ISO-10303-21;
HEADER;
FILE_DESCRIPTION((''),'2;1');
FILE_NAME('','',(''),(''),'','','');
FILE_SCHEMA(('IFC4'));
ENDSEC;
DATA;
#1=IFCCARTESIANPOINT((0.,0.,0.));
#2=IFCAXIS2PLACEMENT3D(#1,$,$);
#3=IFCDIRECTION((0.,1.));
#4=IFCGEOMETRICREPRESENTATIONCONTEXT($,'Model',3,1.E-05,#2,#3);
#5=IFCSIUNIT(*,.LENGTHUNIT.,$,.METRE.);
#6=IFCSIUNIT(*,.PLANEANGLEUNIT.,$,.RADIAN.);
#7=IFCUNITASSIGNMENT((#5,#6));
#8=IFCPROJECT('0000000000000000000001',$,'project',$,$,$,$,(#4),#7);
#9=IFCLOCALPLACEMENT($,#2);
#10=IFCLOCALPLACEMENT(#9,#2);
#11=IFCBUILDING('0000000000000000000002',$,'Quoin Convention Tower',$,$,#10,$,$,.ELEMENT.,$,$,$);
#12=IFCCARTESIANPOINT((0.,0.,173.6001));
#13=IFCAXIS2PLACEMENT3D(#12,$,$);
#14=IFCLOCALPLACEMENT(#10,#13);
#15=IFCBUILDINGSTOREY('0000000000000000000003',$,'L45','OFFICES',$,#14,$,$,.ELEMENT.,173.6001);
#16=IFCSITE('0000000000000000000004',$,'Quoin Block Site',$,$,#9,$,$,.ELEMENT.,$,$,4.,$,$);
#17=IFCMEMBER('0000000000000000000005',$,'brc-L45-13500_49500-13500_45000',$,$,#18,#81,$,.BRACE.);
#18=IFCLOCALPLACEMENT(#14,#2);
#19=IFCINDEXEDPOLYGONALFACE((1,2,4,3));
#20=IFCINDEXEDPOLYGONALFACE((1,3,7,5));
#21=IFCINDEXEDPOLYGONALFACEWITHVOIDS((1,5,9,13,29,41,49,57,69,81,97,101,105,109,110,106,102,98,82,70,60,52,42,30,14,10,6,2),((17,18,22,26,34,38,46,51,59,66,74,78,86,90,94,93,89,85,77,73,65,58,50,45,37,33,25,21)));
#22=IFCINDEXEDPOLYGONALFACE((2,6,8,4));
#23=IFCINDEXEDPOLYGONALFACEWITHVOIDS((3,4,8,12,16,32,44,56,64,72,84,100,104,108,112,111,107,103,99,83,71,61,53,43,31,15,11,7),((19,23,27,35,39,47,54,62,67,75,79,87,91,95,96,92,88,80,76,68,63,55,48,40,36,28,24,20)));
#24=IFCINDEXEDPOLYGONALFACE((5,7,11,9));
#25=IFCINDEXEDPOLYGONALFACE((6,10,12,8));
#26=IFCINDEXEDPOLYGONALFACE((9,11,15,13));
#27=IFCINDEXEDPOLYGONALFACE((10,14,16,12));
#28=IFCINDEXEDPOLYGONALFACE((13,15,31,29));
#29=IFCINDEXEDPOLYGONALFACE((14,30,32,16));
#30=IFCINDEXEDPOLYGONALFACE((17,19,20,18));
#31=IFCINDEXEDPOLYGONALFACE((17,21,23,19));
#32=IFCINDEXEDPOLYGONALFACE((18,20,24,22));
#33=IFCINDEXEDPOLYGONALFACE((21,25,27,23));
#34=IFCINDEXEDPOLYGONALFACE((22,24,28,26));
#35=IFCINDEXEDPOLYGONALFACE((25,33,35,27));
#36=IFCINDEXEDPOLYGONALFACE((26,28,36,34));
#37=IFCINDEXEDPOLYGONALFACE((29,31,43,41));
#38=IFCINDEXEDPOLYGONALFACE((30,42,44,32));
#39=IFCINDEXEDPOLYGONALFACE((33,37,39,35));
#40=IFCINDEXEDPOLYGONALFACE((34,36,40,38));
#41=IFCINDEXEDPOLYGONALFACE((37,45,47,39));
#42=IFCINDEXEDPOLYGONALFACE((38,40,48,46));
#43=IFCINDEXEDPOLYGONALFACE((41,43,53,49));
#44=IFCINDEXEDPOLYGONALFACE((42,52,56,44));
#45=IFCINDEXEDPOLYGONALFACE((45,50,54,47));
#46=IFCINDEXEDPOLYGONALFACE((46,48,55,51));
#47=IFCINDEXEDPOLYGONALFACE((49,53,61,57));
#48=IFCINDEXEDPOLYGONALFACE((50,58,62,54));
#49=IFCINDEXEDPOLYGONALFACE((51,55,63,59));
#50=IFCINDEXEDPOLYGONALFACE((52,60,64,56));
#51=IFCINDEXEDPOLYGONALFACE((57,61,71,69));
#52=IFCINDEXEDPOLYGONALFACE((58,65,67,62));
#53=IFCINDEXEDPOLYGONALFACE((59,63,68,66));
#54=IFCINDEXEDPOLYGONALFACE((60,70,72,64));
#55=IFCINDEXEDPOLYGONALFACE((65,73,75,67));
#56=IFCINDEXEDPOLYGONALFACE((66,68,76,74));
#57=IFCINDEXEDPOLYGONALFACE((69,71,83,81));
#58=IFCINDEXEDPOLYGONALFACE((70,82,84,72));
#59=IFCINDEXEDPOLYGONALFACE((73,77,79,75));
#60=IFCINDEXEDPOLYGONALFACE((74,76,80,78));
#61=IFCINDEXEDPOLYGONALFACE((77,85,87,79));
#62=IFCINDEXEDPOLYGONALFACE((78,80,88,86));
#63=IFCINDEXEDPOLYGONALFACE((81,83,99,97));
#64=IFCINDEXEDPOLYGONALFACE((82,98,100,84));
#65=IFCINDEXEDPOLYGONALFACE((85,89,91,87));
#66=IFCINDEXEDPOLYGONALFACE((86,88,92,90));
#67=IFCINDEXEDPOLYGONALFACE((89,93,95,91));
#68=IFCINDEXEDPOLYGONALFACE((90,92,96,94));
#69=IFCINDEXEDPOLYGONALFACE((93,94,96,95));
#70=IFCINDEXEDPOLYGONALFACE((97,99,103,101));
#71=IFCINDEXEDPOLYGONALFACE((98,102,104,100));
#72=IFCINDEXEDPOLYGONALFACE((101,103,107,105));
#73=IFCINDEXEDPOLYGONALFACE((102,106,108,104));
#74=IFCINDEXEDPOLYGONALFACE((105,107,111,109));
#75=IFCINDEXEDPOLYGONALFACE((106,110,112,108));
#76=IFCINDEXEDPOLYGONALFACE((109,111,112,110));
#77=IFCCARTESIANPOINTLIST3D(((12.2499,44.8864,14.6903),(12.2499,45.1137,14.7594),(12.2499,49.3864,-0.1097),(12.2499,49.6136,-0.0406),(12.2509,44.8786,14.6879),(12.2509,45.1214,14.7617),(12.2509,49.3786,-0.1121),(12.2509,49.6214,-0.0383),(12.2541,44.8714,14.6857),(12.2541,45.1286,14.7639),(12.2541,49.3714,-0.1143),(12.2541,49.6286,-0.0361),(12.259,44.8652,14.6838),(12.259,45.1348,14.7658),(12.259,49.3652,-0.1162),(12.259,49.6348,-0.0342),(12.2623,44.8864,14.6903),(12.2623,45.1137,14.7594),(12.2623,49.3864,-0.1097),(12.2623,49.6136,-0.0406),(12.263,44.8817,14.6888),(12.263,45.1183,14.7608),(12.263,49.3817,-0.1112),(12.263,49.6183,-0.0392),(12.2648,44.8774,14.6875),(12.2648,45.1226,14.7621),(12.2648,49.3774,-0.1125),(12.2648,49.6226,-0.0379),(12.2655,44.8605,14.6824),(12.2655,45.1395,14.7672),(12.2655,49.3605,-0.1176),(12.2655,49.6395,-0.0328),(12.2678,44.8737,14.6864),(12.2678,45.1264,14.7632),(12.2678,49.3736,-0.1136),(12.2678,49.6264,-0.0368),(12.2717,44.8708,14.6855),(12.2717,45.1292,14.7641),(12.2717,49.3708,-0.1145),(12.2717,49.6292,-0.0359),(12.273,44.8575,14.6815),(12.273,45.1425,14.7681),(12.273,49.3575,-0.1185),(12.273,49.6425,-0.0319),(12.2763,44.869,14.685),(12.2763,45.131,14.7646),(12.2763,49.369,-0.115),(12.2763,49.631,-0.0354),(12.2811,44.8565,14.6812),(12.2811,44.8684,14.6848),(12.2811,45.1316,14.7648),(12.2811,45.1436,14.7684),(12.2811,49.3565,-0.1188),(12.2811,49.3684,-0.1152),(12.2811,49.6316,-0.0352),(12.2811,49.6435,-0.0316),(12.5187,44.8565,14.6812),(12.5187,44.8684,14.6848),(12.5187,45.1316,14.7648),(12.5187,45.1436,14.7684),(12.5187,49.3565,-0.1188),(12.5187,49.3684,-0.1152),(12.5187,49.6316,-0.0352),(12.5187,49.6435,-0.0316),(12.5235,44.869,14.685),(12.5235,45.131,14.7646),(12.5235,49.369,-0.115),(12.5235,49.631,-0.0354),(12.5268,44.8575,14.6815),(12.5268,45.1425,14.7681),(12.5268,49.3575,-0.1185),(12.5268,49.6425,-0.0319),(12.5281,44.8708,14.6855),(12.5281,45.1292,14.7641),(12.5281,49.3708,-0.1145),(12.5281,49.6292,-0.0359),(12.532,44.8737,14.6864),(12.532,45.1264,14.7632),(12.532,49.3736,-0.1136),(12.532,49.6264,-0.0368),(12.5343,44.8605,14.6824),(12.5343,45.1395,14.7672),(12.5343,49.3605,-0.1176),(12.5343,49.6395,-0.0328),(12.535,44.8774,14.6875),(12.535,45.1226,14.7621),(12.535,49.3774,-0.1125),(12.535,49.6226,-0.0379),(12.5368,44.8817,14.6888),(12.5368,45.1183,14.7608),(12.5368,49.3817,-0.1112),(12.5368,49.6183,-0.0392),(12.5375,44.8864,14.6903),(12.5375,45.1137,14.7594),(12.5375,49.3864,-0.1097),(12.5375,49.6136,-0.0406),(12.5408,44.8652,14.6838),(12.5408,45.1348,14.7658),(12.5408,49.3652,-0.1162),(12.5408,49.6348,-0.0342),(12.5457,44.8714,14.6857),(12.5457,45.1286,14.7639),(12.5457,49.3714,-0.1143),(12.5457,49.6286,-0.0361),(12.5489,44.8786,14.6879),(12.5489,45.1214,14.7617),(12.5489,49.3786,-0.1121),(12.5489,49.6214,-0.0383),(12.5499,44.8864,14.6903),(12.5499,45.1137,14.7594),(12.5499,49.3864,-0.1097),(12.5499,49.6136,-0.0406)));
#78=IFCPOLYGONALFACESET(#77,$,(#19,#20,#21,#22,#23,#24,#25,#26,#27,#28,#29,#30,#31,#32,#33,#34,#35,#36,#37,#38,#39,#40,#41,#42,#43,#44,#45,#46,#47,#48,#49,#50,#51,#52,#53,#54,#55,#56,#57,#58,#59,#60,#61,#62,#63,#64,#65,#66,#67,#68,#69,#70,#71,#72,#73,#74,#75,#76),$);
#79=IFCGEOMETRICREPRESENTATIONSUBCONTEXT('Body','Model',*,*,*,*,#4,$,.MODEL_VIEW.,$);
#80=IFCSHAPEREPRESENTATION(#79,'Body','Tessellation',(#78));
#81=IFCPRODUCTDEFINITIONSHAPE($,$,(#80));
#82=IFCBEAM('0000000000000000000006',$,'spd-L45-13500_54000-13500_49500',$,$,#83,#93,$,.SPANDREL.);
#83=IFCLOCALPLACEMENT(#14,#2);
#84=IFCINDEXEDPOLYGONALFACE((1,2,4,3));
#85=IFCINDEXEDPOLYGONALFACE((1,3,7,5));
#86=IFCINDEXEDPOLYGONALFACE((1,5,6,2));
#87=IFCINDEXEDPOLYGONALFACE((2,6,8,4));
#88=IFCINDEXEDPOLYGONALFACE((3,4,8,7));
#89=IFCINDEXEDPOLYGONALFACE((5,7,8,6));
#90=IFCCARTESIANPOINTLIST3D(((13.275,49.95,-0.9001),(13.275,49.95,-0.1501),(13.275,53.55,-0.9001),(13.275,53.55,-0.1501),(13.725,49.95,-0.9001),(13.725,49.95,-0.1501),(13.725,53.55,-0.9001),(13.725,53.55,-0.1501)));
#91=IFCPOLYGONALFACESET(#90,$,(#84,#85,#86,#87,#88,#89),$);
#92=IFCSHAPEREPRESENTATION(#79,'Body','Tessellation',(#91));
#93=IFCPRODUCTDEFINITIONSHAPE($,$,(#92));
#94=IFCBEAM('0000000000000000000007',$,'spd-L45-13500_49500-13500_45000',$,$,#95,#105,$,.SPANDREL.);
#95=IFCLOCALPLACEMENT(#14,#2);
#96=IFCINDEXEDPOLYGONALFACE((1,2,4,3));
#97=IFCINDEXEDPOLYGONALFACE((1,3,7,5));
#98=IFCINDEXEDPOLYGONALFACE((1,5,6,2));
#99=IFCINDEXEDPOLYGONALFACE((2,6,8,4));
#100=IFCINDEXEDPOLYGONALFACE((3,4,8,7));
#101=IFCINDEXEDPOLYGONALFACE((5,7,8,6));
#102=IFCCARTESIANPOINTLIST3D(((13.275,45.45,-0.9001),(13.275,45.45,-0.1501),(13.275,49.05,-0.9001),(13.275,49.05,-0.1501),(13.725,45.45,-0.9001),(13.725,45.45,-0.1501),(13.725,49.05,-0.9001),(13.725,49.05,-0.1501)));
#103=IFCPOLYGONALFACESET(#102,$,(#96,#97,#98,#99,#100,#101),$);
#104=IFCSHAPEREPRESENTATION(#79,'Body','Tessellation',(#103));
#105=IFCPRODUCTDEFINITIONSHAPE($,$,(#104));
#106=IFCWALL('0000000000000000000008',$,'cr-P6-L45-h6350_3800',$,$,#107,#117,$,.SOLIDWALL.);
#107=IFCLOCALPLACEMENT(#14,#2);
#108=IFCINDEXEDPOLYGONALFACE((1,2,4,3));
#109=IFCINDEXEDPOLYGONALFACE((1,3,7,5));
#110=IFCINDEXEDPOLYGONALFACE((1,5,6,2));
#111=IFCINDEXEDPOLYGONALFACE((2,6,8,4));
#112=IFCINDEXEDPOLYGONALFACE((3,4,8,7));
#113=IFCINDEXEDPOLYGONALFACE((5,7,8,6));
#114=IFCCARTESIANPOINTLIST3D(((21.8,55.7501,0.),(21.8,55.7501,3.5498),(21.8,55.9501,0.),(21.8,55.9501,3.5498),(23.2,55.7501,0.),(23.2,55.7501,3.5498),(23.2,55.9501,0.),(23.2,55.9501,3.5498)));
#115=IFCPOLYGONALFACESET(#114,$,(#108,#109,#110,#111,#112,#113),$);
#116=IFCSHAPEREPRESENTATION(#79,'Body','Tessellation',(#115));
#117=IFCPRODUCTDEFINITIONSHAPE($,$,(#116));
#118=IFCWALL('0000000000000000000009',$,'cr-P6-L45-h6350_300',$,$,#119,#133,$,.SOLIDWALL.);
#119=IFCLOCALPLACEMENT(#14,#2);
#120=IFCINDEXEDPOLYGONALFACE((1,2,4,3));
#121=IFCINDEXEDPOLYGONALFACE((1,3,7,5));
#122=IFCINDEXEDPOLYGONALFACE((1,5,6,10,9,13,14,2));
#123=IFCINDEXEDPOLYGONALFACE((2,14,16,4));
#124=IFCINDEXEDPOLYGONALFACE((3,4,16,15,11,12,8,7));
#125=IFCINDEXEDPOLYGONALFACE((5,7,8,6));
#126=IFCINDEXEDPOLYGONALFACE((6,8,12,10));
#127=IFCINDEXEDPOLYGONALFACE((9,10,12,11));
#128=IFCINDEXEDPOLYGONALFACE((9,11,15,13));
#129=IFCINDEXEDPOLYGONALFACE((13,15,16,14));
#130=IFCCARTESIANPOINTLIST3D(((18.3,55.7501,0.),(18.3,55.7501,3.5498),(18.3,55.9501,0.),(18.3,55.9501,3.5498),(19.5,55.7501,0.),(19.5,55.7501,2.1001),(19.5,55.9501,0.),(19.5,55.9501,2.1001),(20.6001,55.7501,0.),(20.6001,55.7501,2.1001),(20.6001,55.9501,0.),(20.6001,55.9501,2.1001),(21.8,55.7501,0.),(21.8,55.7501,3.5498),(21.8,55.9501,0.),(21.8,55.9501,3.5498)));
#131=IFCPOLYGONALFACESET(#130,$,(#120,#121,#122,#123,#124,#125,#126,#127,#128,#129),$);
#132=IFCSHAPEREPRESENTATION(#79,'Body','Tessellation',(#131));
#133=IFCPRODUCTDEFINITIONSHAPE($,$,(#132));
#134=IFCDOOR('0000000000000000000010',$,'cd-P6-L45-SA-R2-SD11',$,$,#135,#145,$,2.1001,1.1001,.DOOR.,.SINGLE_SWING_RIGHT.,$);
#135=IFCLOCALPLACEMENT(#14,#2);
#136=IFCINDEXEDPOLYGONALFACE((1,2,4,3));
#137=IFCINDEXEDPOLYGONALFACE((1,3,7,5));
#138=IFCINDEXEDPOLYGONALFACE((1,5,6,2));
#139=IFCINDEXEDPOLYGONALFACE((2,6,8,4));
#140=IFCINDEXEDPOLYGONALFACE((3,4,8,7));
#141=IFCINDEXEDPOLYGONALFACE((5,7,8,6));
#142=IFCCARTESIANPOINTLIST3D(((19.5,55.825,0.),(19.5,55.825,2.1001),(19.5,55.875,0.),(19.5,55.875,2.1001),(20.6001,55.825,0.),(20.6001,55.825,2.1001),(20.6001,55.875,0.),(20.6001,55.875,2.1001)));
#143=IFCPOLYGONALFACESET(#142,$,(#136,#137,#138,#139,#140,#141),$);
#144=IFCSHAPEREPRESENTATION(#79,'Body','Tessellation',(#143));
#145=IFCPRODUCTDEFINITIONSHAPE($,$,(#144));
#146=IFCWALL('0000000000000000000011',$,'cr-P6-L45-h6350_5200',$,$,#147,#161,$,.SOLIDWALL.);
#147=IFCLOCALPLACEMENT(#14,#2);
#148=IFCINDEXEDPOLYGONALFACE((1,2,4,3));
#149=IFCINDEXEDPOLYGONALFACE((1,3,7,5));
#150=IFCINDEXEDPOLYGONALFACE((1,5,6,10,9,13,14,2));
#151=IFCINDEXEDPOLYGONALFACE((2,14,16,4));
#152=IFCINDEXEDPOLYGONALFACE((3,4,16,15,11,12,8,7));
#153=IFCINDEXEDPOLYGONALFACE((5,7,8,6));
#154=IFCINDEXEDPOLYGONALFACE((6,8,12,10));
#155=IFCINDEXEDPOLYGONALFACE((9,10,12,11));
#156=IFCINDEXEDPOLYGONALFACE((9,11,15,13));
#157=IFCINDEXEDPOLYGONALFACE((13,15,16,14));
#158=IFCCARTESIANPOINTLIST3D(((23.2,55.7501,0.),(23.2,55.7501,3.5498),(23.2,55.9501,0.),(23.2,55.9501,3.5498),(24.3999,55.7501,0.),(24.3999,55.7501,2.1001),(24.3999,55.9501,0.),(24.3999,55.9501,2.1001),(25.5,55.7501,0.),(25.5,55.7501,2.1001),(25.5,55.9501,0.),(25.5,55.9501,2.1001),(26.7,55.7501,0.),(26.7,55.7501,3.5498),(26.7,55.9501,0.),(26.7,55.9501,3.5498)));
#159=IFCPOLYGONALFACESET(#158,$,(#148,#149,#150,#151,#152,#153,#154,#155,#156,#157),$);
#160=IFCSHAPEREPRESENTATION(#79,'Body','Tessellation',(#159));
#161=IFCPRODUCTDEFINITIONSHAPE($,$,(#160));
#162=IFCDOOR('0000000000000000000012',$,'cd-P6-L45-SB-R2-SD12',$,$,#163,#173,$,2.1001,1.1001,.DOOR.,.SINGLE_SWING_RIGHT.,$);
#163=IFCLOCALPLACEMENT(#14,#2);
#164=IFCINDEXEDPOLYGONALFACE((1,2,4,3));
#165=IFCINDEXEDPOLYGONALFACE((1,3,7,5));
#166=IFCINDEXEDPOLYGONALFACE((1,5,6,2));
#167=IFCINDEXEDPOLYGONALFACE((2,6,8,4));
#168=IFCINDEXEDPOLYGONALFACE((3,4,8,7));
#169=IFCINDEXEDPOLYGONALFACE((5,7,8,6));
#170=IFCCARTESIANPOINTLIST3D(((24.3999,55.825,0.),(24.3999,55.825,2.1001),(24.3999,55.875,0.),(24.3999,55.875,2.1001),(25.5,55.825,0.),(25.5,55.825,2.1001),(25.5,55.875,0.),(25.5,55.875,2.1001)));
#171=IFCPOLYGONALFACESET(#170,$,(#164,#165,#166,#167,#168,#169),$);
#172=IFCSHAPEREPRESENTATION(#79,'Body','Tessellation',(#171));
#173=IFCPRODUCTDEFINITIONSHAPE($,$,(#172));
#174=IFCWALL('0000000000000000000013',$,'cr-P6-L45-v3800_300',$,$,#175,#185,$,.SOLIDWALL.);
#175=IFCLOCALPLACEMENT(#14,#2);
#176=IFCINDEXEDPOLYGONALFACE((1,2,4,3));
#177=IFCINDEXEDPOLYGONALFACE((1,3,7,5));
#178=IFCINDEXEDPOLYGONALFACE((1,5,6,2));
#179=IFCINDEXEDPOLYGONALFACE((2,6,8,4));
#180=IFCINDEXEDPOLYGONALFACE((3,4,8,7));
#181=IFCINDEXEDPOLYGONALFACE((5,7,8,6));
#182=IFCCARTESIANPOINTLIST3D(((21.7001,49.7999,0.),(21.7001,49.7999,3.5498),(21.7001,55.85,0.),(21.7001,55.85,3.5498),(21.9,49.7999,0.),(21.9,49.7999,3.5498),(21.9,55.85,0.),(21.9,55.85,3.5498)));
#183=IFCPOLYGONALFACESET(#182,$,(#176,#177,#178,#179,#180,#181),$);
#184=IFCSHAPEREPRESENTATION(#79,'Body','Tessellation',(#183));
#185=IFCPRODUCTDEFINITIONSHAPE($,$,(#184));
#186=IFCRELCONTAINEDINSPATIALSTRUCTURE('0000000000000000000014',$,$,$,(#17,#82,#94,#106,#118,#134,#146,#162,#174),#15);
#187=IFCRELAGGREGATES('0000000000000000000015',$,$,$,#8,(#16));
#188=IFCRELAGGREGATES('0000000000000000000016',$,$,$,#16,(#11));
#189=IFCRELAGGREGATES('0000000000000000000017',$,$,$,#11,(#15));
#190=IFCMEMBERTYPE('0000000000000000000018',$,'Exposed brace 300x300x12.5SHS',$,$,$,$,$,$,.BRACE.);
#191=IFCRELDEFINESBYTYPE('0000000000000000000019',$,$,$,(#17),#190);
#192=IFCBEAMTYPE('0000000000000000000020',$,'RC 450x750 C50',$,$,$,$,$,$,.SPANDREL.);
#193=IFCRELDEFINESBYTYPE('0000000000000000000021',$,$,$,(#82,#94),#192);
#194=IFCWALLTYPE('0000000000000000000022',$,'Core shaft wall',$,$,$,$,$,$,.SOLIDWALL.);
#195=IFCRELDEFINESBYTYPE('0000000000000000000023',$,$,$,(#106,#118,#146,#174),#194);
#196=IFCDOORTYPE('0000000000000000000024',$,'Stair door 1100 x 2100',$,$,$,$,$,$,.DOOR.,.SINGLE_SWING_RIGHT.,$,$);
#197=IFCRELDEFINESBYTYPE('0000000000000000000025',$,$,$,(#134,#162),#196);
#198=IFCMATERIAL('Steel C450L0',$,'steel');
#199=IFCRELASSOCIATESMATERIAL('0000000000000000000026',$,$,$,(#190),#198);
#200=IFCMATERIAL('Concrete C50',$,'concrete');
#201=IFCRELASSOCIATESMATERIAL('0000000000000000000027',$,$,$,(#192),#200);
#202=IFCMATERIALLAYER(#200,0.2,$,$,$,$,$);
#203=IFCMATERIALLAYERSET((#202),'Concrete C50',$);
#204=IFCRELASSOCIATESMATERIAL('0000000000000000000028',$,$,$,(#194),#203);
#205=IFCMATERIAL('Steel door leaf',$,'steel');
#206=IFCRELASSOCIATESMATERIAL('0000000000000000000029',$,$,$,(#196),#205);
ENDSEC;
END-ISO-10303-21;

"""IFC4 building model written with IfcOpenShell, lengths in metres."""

from ifc_helpers import new_model, si_unit, direction, frame, frame_2d, origin, origin_2d, place, context, subcontext, project, spatial, rectangle, hollow_rectangle, extrude, material, layer, layer_set, material_profile, profile_set, type_object, element, fill, save


model = new_model("IFC4")

# Units and contexts
model_context = context("Model", 3, precision=1e-05, world=origin(), true_north=direction((0.0, 1.0)))
body_context = subcontext(model_context, "Body", "Model", "MODEL_VIEW")
ifc_project = project(units=[si_unit("LENGTHUNIT", "METRE"), si_unit("PLANEANGLEUNIT", "RADIAN")], contexts=[model_context])

# Site, building, storey
site_placement = place(None, origin())
site = spatial("IfcSite", under=ifc_project, at=site_placement, Name="Quoin Block Site", CompositionType="ELEMENT", RefElevation=4.0)
building_placement = place(site_placement, origin())
building = spatial("IfcBuilding", under=site, at=building_placement, Name="Quoin Convention Tower", CompositionType="ELEMENT")
storey_placement = place(building_placement, frame((0.0, 0.0, 173.6001)))
storey = spatial("IfcBuildingStorey", under=building, at=storey_placement, Name="L45", Description="OFFICES", CompositionType="ELEMENT", Elevation=173.6001)

# Shared definitions
ifc_material_1 = material(Name="Concrete C50", Category="concrete")

# Member
ifc_material_2 = material(Name="Steel C450L0", Category="steel")
ifc_material_profile_1 = material_profile(ifc_material_2, hollow_rectangle(XDim=0.3, YDim=0.3, WallThickness=0.0125, InnerFilletRadius=0.0188, OuterFilletRadius=0.0312, at=origin_2d()), Name="300x300x12.5SHS")
ifc_profile_set_1 = profile_set([ifc_material_profile_1], Name="Steel C450L0")
member_type = type_object("IfcMemberType", Name="Exposed brace 300x300x12.5SHS", PredefinedType="BRACE", material=ifc_profile_set_1)
for number, where, z_axis, x_axis, name in (
    (1, (12.3999, 49.5, -0.0752), (0.0, -0.290903, 0.956752), (1.0, 0.0, 0.0), "brc-L45-13500_49500-13500_45000"),
):
    element("IfcMember", number, at=place(storey_placement, frame(where, z_axis=z_axis, x_axis=x_axis)), inside=storey, type_object=member_type, Name=name, PredefinedType="BRACE", context=body_context, shape_type="SweptSolid", body=[
        extrude(hollow_rectangle(XDim=0.3, YDim=0.3, WallThickness=0.0125, InnerFilletRadius=0.0188, OuterFilletRadius=0.0312, at=origin_2d()), origin(), (0.0, 0.0, 1.0), 15.469),
    ])

# Beams
ifc_material_profile_2 = material_profile(ifc_material_1, rectangle(XDim=0.45, YDim=0.75, at=origin_2d()), Name="RC 450x750")
ifc_profile_set_2 = profile_set([ifc_material_profile_2], Name="Concrete C50")
beam_type_1 = type_object("IfcBeamType", Name="RC 450x750 C50", PredefinedType="SPANDREL", material=ifc_profile_set_2)
for number, where, z_axis, x_axis, name in (
    (2, (13.5, 53.55, -0.5251), (0.0, -1.0, 0.0), (1.0, 0.0, 0.0), "spd-L45-13500_54000-13500_49500"),
    (3, (13.5, 49.05, -0.5251), (0.0, -1.0, 0.0), (1.0, 0.0, 0.0), "spd-L45-13500_49500-13500_45000"),
):
    element("IfcBeam", number, at=place(storey_placement, frame(where, z_axis=z_axis, x_axis=x_axis)), inside=storey, type_object=beam_type_1, Name=name, PredefinedType="SPANDREL", context=body_context, shape_type="SweptSolid", body=[
        extrude(rectangle(XDim=0.45, YDim=0.75, at=origin_2d()), origin(), (0.0, 0.0, 1.0), 3.6001),
    ])

# Wall
ifc_layer_1 = layer(ifc_material_1, 0.2)
ifc_layer_set_1 = layer_set([ifc_layer_1], Name="Concrete C50")
wall_type_1 = type_object("IfcWallType", Name="Core shaft wall", PredefinedType="SOLIDWALL", material=ifc_layer_set_1)
wall_1_placement = place(storey_placement, frame((21.8, 55.8501, 0.0), z_axis=(0.0, 0.0, 1.0), x_axis=(1.0, 0.0, 0.0)))
element("IfcWall", 4, at=wall_1_placement, inside=storey, type_object=wall_type_1, Name="cr-P6-L45-h6350_3800", PredefinedType="SOLIDWALL", context=body_context, shape_type="SweptSolid", body=[
    extrude(rectangle(XDim=1.3999, YDim=0.2, at=frame_2d((0.7, 0.0))), origin(), (0.0, 0.0, 1.0), 3.5498),
])

# Walls, openings, doors
wall_2_placement = place(storey_placement, frame((18.3, 55.8501, 0.0), z_axis=(0.0, 0.0, 1.0), x_axis=(1.0, 0.0, 0.0)))
wall_2 = element("IfcWall", 5, at=wall_2_placement, inside=storey, type_object=wall_type_1, Name="cr-P6-L45-h6350_300", PredefinedType="SOLIDWALL", context=body_context, shape_type="SweptSolid", body=[
    extrude(rectangle(XDim=3.5, YDim=0.2, at=frame_2d((1.75, 0.0))), origin(), (0.0, 0.0, 1.0), 3.5498),
])
opening_1_placement = place(wall_2_placement, frame((1.2, 0.0, 0.0)))
opening_1 = element("IfcOpeningElement", 6, at=opening_1_placement, cuts=wall_2, PredefinedType="OPENING", context=body_context, shape_type="SweptSolid", body=[
    extrude(rectangle(XDim=1.1001, YDim=2.1001, at=frame_2d((0.55, 1.05))), frame((0.0, 0.1099, 0.0), z_axis=(0.0, -1.0, 0.0), x_axis=(1.0, 0.0, 0.0)), (0.0, 0.0, 1.0), 0.22),
])
ifc_material_3 = material(Name="Steel door leaf", Category="steel")
door_type = type_object("IfcDoorType", Name="Stair door 1100 x 2100", OperationType="SINGLE_SWING_RIGHT", PredefinedType="DOOR", material=ifc_material_3)
door_1_placement = place(opening_1_placement, origin())
door_1 = element("IfcDoor", 7, at=door_1_placement, inside=storey, type_object=door_type, Name="cd-P6-L45-SA-R2-SD11", OperationType="SINGLE_SWING_RIGHT", OverallHeight=2.1001, OverallWidth=1.1001, PredefinedType="DOOR", context=body_context, shape_type="SweptSolid", body=[
    extrude(rectangle(XDim=1.1001, YDim=2.1001, at=frame_2d((0.55, 1.05))), frame((0.0, 0.0249, 0.0), z_axis=(0.0, -1.0, 0.0), x_axis=(1.0, 0.0, 0.0)), (0.0, 0.0, 1.0), 0.05),
])
fill(opening_1, door_1)
wall_3_placement = place(storey_placement, frame((23.2, 55.8501, 0.0), z_axis=(0.0, 0.0, 1.0), x_axis=(1.0, 0.0, 0.0)))
wall_3 = element("IfcWall", 8, at=wall_3_placement, inside=storey, type_object=wall_type_1, Name="cr-P6-L45-h6350_5200", PredefinedType="SOLIDWALL", context=body_context, shape_type="SweptSolid", body=[
    extrude(rectangle(XDim=3.5, YDim=0.2, at=frame_2d((1.75, 0.0))), origin(), (0.0, 0.0, 1.0), 3.5498),
])
opening_2_placement = place(wall_3_placement, frame((1.2, 0.0, 0.0)))
opening_2 = element("IfcOpeningElement", 9, at=opening_2_placement, cuts=wall_3, PredefinedType="OPENING", context=body_context, shape_type="SweptSolid", body=[
    extrude(rectangle(XDim=1.1001, YDim=2.1001, at=frame_2d((0.55, 1.05))), frame((0.0, 0.1099, 0.0), z_axis=(0.0, -1.0, 0.0), x_axis=(1.0, 0.0, 0.0)), (0.0, 0.0, 1.0), 0.22),
])
door_2_placement = place(opening_2_placement, origin())
door_2 = element("IfcDoor", 10, at=door_2_placement, inside=storey, type_object=door_type, Name="cd-P6-L45-SB-R2-SD12", OperationType="SINGLE_SWING_RIGHT", OverallHeight=2.1001, OverallWidth=1.1001, PredefinedType="DOOR", context=body_context, shape_type="SweptSolid", body=[
    extrude(rectangle(XDim=1.1001, YDim=2.1001, at=frame_2d((0.55, 1.05))), frame((0.0, 0.0249, 0.0), z_axis=(0.0, -1.0, 0.0), x_axis=(1.0, 0.0, 0.0)), (0.0, 0.0, 1.0), 0.05),
])
fill(opening_2, door_2)

# Wall
for number, where, z_axis, x_axis, name in (
    (11, (21.8, 49.8, 0.0), (0.0, 0.0, 1.0), (0.0, 1.0, 0.0), "cr-P6-L45-v3800_300"),
):
    element("IfcWall", number, at=place(storey_placement, frame(where, z_axis=z_axis, x_axis=x_axis)), inside=storey, type_object=wall_type_1, Name=name, PredefinedType="SOLIDWALL", context=body_context, shape_type="SweptSolid", body=[
        extrude(rectangle(XDim=6.05, YDim=0.2, at=frame_2d((3.0249, 0.0))), origin(), (0.0, 0.0, 1.0), 3.5498),
    ])

save(model, "model.ifc")
